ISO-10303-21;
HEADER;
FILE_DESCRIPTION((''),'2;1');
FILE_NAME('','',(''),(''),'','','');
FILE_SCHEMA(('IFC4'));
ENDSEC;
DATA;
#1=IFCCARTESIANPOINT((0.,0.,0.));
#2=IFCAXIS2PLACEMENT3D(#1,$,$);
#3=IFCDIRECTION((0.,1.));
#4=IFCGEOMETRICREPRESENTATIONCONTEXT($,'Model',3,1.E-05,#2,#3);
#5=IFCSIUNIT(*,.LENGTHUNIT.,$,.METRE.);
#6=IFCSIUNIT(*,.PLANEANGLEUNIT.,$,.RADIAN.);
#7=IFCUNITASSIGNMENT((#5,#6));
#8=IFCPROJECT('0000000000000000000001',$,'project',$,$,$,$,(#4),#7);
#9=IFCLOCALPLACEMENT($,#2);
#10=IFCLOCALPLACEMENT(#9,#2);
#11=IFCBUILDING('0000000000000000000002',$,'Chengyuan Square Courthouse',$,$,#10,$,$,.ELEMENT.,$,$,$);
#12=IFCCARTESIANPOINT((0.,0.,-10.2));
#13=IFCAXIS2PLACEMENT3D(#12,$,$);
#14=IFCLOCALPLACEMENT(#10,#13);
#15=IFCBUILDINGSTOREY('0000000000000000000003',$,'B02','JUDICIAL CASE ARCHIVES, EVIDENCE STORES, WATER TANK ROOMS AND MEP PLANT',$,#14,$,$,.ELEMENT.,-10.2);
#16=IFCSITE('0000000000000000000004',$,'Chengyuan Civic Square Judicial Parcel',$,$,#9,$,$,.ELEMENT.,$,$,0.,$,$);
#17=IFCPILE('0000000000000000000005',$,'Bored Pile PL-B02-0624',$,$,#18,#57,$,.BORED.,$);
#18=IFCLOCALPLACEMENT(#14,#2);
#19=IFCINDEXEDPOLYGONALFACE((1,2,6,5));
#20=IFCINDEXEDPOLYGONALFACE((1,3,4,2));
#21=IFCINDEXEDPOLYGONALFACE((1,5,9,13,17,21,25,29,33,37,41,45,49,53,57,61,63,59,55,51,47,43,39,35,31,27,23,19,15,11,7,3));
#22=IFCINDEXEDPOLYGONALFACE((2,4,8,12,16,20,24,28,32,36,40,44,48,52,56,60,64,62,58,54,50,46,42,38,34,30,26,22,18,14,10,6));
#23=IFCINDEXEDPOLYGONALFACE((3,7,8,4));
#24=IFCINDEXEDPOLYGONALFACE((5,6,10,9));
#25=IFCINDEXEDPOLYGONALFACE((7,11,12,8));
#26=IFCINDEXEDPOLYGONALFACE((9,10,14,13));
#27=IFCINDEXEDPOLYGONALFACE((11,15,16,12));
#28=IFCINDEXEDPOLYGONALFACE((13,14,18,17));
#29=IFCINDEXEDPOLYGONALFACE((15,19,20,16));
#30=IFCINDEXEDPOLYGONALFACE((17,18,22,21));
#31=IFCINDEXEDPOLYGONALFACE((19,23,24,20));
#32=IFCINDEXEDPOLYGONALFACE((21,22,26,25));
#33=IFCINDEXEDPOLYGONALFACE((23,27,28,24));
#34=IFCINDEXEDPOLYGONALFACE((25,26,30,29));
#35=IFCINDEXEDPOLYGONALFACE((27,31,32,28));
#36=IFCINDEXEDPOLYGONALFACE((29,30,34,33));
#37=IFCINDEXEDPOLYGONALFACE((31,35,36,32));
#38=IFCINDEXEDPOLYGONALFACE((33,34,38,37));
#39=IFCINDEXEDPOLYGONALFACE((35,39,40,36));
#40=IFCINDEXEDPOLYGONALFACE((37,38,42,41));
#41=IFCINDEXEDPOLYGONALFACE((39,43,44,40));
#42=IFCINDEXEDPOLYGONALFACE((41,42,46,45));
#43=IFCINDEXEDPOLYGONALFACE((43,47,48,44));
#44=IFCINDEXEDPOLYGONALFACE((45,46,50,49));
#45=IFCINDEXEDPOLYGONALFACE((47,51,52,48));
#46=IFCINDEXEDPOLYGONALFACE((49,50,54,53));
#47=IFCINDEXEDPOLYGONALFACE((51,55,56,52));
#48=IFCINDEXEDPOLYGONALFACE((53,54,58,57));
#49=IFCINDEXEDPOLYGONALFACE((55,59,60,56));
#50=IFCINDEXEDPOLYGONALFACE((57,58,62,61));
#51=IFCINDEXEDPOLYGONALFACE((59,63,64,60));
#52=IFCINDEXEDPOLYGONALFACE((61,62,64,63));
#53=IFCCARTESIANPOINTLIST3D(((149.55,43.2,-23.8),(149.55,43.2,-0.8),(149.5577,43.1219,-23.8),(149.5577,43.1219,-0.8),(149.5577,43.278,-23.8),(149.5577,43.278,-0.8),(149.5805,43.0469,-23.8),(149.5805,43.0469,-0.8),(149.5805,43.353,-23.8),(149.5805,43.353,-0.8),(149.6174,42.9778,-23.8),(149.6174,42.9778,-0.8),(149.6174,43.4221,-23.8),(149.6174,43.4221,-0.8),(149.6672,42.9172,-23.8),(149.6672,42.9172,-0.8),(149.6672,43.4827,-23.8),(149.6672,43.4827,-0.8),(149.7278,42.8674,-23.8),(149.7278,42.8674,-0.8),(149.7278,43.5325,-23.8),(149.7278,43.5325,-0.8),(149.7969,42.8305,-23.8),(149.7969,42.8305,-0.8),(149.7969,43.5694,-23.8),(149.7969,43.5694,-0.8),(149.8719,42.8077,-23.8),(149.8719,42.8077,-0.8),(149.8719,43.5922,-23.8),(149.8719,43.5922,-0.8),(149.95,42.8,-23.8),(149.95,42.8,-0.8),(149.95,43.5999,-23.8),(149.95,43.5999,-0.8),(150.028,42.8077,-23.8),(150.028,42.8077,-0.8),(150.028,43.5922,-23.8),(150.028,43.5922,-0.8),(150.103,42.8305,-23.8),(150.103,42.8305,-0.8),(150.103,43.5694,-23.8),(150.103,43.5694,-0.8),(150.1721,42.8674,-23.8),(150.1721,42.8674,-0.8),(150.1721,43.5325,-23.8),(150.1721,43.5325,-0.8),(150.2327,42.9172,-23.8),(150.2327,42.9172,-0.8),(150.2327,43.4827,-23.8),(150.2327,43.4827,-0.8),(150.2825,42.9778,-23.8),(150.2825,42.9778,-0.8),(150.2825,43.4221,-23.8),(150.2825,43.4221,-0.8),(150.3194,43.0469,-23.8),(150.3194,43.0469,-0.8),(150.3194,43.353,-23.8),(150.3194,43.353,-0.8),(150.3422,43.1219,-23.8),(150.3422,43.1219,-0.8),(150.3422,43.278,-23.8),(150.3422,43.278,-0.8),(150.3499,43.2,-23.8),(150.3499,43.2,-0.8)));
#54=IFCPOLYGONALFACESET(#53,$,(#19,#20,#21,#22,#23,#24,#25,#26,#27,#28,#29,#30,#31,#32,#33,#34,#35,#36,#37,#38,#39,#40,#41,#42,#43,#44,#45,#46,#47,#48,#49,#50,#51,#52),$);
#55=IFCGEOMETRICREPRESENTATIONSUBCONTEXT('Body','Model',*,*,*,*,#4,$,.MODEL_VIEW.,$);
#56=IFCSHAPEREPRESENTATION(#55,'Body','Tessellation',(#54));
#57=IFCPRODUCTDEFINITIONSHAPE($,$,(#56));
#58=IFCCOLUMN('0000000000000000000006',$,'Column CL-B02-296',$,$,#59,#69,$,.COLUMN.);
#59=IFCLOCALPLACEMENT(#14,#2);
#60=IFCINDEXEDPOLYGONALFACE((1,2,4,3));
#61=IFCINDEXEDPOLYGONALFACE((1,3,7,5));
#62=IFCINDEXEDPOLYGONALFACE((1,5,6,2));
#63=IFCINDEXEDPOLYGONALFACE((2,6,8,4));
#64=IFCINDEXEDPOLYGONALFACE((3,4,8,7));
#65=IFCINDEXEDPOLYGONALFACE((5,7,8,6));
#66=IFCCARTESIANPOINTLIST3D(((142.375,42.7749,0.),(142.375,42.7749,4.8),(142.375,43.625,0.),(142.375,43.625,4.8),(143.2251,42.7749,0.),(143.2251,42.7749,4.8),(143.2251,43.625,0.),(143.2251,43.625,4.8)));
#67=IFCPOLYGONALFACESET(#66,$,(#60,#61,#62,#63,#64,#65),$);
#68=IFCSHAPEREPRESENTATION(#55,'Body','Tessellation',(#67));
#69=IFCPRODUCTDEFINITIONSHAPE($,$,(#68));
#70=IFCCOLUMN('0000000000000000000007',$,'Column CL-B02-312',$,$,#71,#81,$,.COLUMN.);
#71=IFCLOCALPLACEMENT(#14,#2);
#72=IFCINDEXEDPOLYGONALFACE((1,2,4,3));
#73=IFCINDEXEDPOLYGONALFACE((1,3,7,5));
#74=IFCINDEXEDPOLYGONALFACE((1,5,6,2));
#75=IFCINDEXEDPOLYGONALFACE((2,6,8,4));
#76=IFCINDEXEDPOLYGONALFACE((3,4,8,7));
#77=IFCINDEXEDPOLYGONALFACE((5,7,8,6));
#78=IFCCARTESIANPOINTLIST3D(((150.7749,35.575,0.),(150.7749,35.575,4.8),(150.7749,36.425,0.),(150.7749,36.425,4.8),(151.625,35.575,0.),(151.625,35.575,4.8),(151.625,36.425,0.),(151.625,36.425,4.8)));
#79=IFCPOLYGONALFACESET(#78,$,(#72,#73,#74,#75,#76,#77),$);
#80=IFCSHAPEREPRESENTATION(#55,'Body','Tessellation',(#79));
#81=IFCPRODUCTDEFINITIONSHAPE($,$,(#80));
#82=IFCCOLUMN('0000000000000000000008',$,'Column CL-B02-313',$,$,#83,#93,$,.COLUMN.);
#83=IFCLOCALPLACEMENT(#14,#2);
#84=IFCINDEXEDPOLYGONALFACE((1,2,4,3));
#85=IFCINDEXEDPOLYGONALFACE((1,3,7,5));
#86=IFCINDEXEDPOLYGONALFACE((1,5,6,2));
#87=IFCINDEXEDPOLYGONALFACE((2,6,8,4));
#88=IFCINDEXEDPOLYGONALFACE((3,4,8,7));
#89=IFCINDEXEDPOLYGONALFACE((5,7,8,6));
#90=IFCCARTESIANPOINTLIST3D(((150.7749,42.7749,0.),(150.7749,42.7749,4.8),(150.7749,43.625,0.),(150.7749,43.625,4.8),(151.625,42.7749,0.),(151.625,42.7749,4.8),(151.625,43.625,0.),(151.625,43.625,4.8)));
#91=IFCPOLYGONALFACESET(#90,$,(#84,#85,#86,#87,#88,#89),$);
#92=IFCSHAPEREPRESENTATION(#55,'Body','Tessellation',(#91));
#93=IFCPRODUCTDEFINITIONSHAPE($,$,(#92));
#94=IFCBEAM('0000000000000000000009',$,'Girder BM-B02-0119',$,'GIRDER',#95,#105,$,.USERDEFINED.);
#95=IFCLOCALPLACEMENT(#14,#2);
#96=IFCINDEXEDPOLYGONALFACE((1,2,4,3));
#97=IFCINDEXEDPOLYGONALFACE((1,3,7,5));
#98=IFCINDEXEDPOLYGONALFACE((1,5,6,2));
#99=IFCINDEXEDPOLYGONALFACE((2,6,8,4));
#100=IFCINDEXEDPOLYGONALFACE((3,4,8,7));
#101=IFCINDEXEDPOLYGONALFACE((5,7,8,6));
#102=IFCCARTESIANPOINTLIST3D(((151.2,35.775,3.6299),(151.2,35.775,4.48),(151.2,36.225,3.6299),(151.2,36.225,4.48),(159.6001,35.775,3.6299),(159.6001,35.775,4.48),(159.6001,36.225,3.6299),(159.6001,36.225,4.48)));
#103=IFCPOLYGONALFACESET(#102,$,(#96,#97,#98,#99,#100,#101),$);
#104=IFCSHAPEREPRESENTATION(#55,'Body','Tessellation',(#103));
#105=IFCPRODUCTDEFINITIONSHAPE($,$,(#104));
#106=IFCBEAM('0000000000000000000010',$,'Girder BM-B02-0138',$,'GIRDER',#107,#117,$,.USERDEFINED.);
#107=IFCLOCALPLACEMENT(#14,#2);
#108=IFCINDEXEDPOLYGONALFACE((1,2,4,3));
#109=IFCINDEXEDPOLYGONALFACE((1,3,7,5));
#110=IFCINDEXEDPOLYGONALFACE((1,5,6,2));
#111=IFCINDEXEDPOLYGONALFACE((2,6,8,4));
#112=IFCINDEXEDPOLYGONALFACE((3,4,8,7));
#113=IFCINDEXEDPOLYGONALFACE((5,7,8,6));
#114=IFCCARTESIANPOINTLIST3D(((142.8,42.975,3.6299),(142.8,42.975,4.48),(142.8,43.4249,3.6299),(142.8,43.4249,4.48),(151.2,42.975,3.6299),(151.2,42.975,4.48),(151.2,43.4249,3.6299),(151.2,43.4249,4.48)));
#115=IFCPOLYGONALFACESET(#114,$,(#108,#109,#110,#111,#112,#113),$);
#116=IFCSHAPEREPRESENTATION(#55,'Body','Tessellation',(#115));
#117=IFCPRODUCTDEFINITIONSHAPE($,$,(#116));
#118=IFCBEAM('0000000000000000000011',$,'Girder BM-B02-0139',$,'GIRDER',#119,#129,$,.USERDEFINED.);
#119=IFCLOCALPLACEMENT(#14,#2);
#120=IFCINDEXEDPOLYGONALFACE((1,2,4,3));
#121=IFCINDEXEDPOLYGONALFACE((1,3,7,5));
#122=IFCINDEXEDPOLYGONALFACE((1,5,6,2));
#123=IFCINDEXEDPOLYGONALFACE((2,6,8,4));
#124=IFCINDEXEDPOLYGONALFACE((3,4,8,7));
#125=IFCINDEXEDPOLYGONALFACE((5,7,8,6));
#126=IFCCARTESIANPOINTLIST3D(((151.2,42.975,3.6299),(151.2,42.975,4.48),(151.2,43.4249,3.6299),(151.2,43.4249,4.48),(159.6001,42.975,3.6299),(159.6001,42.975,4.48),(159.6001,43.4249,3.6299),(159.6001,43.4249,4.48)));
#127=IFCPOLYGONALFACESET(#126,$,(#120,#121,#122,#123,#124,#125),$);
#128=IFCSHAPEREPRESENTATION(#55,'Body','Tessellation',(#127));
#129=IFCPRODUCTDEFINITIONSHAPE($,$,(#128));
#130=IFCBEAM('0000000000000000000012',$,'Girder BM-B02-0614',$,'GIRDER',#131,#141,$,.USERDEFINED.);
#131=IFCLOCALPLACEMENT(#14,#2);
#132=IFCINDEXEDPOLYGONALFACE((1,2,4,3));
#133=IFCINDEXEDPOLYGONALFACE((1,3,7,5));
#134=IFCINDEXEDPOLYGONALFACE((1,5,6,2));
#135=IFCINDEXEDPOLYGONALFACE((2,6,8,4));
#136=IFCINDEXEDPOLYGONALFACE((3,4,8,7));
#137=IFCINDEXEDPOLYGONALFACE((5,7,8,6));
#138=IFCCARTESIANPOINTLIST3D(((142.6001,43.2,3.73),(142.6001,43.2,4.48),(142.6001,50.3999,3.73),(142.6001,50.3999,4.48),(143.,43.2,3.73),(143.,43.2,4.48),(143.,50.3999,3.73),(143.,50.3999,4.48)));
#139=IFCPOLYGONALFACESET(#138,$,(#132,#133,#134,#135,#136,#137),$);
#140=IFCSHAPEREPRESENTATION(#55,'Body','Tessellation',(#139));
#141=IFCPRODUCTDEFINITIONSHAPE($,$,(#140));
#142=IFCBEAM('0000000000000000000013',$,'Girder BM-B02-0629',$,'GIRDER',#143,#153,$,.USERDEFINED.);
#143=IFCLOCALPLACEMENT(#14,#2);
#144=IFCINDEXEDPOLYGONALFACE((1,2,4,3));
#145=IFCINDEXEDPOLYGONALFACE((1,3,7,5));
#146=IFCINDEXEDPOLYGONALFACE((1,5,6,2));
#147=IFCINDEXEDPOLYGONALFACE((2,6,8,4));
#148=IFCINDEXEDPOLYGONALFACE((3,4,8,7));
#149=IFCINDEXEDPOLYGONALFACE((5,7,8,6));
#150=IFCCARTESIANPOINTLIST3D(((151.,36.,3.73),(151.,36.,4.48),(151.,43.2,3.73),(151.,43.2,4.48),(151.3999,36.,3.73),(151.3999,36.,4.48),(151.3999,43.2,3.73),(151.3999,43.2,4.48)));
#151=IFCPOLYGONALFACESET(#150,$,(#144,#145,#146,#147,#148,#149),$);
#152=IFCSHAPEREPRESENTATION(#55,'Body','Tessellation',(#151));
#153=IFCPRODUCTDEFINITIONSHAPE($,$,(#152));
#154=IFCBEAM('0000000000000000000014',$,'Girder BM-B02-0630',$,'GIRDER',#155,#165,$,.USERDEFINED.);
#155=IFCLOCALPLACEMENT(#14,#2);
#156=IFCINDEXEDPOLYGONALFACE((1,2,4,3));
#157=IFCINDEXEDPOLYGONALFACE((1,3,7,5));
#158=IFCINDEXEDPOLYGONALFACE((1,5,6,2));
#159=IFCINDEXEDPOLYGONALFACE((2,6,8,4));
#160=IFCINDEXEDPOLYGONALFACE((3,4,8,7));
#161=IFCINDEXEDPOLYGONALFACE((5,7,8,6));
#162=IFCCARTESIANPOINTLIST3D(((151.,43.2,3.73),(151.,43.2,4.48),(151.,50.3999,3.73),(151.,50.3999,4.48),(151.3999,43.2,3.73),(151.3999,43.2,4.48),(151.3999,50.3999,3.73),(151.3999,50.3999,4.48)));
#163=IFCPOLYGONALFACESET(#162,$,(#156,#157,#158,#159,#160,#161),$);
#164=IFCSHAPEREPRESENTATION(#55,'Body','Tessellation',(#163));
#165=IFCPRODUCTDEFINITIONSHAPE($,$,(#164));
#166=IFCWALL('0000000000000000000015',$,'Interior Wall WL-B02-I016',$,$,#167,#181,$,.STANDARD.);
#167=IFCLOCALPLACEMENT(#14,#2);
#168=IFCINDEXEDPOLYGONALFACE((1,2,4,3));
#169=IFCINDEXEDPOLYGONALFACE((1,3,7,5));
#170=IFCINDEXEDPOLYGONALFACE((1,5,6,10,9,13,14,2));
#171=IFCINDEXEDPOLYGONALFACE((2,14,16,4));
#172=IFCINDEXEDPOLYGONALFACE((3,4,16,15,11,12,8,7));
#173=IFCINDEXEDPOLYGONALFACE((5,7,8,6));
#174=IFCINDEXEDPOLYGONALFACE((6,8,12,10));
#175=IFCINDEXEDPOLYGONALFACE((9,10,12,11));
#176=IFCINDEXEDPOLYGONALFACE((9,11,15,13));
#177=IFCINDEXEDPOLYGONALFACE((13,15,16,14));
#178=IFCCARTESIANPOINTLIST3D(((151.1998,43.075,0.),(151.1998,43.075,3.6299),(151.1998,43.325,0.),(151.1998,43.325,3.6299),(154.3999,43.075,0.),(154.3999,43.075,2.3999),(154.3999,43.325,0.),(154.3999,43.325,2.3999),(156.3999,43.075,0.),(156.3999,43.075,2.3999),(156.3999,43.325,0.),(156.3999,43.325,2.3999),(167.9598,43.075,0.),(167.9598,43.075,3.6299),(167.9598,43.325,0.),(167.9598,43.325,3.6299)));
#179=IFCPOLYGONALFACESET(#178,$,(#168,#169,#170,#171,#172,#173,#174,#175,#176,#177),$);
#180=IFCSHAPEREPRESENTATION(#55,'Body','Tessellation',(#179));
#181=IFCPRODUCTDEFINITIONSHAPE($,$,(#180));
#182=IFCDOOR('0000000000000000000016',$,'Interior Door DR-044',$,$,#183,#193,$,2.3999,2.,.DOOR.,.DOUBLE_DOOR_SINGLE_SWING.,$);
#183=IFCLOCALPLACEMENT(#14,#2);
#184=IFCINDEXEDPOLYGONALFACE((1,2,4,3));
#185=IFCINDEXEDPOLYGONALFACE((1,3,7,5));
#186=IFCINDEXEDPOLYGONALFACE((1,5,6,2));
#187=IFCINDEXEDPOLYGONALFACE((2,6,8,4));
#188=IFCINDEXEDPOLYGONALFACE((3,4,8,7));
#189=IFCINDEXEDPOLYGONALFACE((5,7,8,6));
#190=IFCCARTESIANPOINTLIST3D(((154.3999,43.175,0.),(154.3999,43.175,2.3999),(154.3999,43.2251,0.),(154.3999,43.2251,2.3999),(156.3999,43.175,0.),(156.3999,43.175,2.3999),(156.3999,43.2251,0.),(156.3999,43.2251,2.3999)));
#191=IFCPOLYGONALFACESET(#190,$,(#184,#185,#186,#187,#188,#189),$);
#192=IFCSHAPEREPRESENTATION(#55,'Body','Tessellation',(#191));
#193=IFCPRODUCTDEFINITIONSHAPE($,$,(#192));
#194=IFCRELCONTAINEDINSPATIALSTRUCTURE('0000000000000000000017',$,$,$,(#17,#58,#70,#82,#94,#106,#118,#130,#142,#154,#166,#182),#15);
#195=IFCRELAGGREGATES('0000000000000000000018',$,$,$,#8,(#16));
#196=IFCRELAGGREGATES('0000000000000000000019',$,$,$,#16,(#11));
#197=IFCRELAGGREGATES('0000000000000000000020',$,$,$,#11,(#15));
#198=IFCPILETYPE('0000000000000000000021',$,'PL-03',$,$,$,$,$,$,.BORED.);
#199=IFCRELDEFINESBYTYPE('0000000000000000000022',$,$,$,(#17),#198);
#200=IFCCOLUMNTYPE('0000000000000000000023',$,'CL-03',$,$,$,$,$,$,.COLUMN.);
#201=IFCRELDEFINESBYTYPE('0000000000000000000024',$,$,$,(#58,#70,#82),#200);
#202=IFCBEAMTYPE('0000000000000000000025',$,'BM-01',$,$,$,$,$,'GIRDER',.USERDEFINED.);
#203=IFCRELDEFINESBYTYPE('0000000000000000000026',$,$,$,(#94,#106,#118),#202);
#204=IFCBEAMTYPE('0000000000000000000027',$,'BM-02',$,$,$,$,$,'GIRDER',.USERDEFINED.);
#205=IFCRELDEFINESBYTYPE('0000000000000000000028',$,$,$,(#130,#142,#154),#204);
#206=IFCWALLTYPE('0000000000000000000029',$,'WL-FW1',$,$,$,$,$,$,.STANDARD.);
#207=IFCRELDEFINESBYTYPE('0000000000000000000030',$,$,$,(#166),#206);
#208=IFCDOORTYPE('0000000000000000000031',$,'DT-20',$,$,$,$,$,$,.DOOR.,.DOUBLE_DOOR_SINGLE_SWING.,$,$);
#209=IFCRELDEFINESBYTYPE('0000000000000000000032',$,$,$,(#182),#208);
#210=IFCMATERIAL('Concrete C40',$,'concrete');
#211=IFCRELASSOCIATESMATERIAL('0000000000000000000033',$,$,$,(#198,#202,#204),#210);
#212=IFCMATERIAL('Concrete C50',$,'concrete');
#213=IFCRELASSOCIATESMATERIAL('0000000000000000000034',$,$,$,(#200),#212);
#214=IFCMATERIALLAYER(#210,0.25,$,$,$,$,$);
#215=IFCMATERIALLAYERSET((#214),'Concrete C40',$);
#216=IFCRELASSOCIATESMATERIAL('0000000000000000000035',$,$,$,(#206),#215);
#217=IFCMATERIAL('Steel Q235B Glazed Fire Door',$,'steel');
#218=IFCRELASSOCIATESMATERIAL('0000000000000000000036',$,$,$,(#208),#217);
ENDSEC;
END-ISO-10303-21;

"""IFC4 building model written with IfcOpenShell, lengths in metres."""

from ifc_helpers import new_model, si_unit, direction, frame, frame_2d, origin, origin_2d, place, context, subcontext, project, spatial, rectangle, circle, extrude, material, layer, layer_set, material_profile, profile_set, type_object, element, fill, save


model = new_model("IFC4")

# Units and contexts
model_context = context("Model", 3, precision=1e-05, world=origin(), true_north=direction((0.0, 1.0)))
body_context = subcontext(model_context, "Body", "Model", "MODEL_VIEW")
ifc_project = project(units=[si_unit("LENGTHUNIT", "METRE"), si_unit("PLANEANGLEUNIT", "RADIAN")], contexts=[model_context])

# Site, building, storey
site_placement = place(None, origin())
site = spatial("IfcSite", under=ifc_project, at=site_placement, Name="Chengyuan Civic Square Judicial Parcel", CompositionType="ELEMENT", RefElevation=0.0)
building_placement = place(site_placement, origin())
building = spatial("IfcBuilding", under=site, at=building_placement, Name="Chengyuan Square Courthouse", CompositionType="ELEMENT")
storey_placement = place(building_placement, frame((0.0, 0.0, -10.2)))
storey = spatial("IfcBuildingStorey", under=building, at=storey_placement, Name="B02", Description="JUDICIAL CASE ARCHIVES, EVIDENCE STORES, WATER TANK ROOMS AND MEP PLANT", CompositionType="ELEMENT", Elevation=-10.2)

# Shared definitions
ifc_material_1 = material(Name="Concrete C40", Category="concrete")

# Pile
ifc_material_profile_1 = material_profile(ifc_material_1, circle(Radius=0.3999, at=origin_2d()), Name="BORED PILE D800")
ifc_profile_set_1 = profile_set([ifc_material_profile_1], Name="Concrete C40")
pile_type_1 = type_object("IfcPileType", Name="PL-03", PredefinedType="BORED", material=ifc_profile_set_1)
pile_1_placement = place(storey_placement, frame((149.95, 43.2, -0.8), z_axis=(0.0, 0.0, -1.0), x_axis=(1.0, 0.0, 0.0)))
element("IfcPile", 1, at=pile_1_placement, inside=storey, type_object=pile_type_1, Name="Bored Pile PL-B02-0624", PredefinedType="BORED", context=body_context, shape_type="SweptSolid", body=[
    extrude(circle(Radius=0.3999, at=origin_2d()), origin(), (0.0, 0.0, 1.0), 23.0),
])

# Columns
ifc_material_2 = material(Name="Concrete C50", Category="concrete")
ifc_material_profile_2 = material_profile(ifc_material_2, rectangle(XDim=0.8501, YDim=0.8501, at=origin_2d()), Name="RC-COL-850x850")
ifc_profile_set_2 = profile_set([ifc_material_profile_2], Name="Concrete C50")
column_type = type_object("IfcColumnType", Name="CL-03", PredefinedType="COLUMN", material=ifc_profile_set_2)
for number, where, z_axis, x_axis, name in (
    (2, (142.8, 43.2, 0.0), (0.0, 0.0, 1.0), (1.0, 0.0, 0.0), "Column CL-B02-296"),
    (3, (151.2, 36.0, 0.0), (0.0, 0.0, 1.0), (1.0, 0.0, 0.0), "Column CL-B02-312"),
    (4, (151.2, 43.2, 0.0), (0.0, 0.0, 1.0), (1.0, 0.0, 0.0), "Column CL-B02-313"),
):
    element("IfcColumn", number, at=place(storey_placement, frame(where, z_axis=z_axis, x_axis=x_axis)), inside=storey, type_object=column_type, Name=name, PredefinedType="COLUMN", context=body_context, shape_type="SweptSolid", body=[
        extrude(rectangle(XDim=0.8501, YDim=0.8501, at=origin_2d()), origin(), (0.0, 0.0, 1.0), 4.8),
    ])

# Beams
ifc_material_profile_3 = material_profile(ifc_material_1, rectangle(XDim=0.45, YDim=0.8501, at=origin_2d()), Name="RC-BM-450x850")
ifc_profile_set_3 = profile_set([ifc_material_profile_3], Name="Concrete C40")
beam_type_1 = type_object("IfcBeamType", Name="BM-01", ElementType="GIRDER", PredefinedType="USERDEFINED", material=ifc_profile_set_3)
beam_1_placement = place(storey_placement, frame((151.2, 36.0, 4.0549), z_axis=(1.0, 0.0, 0.0), x_axis=(0.0, 1.0, 0.0)))
element("IfcBeam", 5, at=beam_1_placement, inside=storey, type_object=beam_type_1, Name="Girder BM-B02-0119", ObjectType="GIRDER", PredefinedType="USERDEFINED", context=body_context, shape_type="SweptSolid", body=[
    extrude(rectangle(XDim=0.45, YDim=0.8501, at=origin_2d()), origin(), (0.0, 0.0, 1.0), 8.4001),
])
beam_2_placement = place(storey_placement, frame((142.8, 43.2, 4.0549), z_axis=(1.0, 0.0, 0.0), x_axis=(0.0, 1.0, 0.0)))
element("IfcBeam", 6, at=beam_2_placement, inside=storey, type_object=beam_type_1, Name="Girder BM-B02-0138", ObjectType="GIRDER", PredefinedType="USERDEFINED", context=body_context, shape_type="SweptSolid", body=[
    extrude(rectangle(XDim=0.45, YDim=0.8501, at=origin_2d()), origin(), (0.0, 0.0, 1.0), 8.3999),
])
beam_3_placement = place(storey_placement, frame((151.2, 43.2, 4.0549), z_axis=(1.0, 0.0, 0.0), x_axis=(0.0, 1.0, 0.0)))
element("IfcBeam", 7, at=beam_3_placement, inside=storey, type_object=beam_type_1, Name="Girder BM-B02-0139", ObjectType="GIRDER", PredefinedType="USERDEFINED", context=body_context, shape_type="SweptSolid", body=[
    extrude(rectangle(XDim=0.45, YDim=0.8501, at=origin_2d()), origin(), (0.0, 0.0, 1.0), 8.4001),
])
ifc_material_profile_4 = material_profile(ifc_material_1, rectangle(XDim=0.3999, YDim=0.75, at=origin_2d()), Name="RC-BM-400x750")
ifc_profile_set_4 = profile_set([ifc_material_profile_4], Name="Concrete C40")
beam_type_2 = type_object("IfcBeamType", Name="BM-02", ElementType="GIRDER", PredefinedType="USERDEFINED", material=ifc_profile_set_4)
for number, where, z_axis, x_axis, name in (
    (8, (142.8, 43.2, 4.105), (0.0, 1.0, 0.0), (-1.0, 0.0, 0.0), "Girder BM-B02-0614"),
    (9, (151.2, 36.0, 4.105), (0.0, 1.0, 0.0), (-1.0, 0.0, 0.0), "Girder BM-B02-0629"),
    (10, (151.2, 43.2, 4.105), (0.0, 1.0, 0.0), (-1.0, 0.0, 0.0), "Girder BM-B02-0630"),
):
    element("IfcBeam", number, at=place(storey_placement, frame(where, z_axis=z_axis, x_axis=x_axis)), inside=storey, type_object=beam_type_2, Name=name, ObjectType="GIRDER", PredefinedType="USERDEFINED", context=body_context, shape_type="SweptSolid", body=[
        extrude(rectangle(XDim=0.3999, YDim=0.75, at=origin_2d()), origin(), (0.0, 0.0, 1.0), 7.2),
    ])

# Wall, opening, door
ifc_layer_1 = layer(ifc_material_1, 0.25)
ifc_layer_set_1 = layer_set([ifc_layer_1], Name="Concrete C40")
wall_type_1 = type_object("IfcWallType", Name="WL-FW1", PredefinedType="STANDARD", material=ifc_layer_set_1)
wall_1_placement = place(storey_placement, frame((151.2, 43.2, 0.0), z_axis=(0.0, 0.0, 1.0), x_axis=(1.0, 0.0, 0.0)))
wall_1 = element("IfcWall", 11, at=wall_1_placement, inside=storey, type_object=wall_type_1, Name="Interior Wall WL-B02-I016", PredefinedType="STANDARD", context=body_context, shape_type="SweptSolid", body=[
    extrude(rectangle(XDim=16.76, YDim=0.25, at=frame_2d((8.3799, 0.0))), origin(), (0.0, 0.0, 1.0), 3.6299),
])
opening_1_placement = place(wall_1_placement, frame((3.2, 0.0, 0.0)))
opening_1 = element("IfcOpeningElement", 12, at=opening_1_placement, cuts=wall_1, PredefinedType="OPENING", context=body_context, shape_type="SweptSolid", body=[
    extrude(rectangle(XDim=2.0, YDim=2.3999, at=frame_2d((1.0, 1.2))), frame((0.0, 0.137, 0.0), z_axis=(0.0, -1.0, 0.0), x_axis=(1.0, 0.0, 0.0)), (0.0, 0.0, 1.0), 0.2739),
])
ifc_material_3 = material(Name="Steel Q235B Glazed Fire Door", Category="steel")
door_type_1 = type_object("IfcDoorType", Name="DT-20", OperationType="DOUBLE_DOOR_SINGLE_SWING", PredefinedType="DOOR", material=ifc_material_3)
door_1_placement = place(opening_1_placement, frame((2.0, 0.0, 0.0), z_axis=(0.0, 0.0, 1.0), x_axis=(-1.0, 0.0, 0.0)))
door_1 = element("IfcDoor", 13, at=door_1_placement, inside=storey, type_object=door_type_1, Name="Interior Door DR-044", OperationType="DOUBLE_DOOR_SINGLE_SWING", OverallHeight=2.3999, OverallWidth=2.0, PredefinedType="DOOR", context=body_context, shape_type="SweptSolid", body=[
    extrude(rectangle(XDim=2.0, YDim=2.3999, at=frame_2d((1.0, 1.2))), frame((0.0, 0.0249, 0.0), z_axis=(0.0, -1.0, 0.0), x_axis=(1.0, 0.0, 0.0)), (0.0, 0.0, 1.0), 0.05),
])
fill(opening_1, door_1)

save(model, "model.ifc")
